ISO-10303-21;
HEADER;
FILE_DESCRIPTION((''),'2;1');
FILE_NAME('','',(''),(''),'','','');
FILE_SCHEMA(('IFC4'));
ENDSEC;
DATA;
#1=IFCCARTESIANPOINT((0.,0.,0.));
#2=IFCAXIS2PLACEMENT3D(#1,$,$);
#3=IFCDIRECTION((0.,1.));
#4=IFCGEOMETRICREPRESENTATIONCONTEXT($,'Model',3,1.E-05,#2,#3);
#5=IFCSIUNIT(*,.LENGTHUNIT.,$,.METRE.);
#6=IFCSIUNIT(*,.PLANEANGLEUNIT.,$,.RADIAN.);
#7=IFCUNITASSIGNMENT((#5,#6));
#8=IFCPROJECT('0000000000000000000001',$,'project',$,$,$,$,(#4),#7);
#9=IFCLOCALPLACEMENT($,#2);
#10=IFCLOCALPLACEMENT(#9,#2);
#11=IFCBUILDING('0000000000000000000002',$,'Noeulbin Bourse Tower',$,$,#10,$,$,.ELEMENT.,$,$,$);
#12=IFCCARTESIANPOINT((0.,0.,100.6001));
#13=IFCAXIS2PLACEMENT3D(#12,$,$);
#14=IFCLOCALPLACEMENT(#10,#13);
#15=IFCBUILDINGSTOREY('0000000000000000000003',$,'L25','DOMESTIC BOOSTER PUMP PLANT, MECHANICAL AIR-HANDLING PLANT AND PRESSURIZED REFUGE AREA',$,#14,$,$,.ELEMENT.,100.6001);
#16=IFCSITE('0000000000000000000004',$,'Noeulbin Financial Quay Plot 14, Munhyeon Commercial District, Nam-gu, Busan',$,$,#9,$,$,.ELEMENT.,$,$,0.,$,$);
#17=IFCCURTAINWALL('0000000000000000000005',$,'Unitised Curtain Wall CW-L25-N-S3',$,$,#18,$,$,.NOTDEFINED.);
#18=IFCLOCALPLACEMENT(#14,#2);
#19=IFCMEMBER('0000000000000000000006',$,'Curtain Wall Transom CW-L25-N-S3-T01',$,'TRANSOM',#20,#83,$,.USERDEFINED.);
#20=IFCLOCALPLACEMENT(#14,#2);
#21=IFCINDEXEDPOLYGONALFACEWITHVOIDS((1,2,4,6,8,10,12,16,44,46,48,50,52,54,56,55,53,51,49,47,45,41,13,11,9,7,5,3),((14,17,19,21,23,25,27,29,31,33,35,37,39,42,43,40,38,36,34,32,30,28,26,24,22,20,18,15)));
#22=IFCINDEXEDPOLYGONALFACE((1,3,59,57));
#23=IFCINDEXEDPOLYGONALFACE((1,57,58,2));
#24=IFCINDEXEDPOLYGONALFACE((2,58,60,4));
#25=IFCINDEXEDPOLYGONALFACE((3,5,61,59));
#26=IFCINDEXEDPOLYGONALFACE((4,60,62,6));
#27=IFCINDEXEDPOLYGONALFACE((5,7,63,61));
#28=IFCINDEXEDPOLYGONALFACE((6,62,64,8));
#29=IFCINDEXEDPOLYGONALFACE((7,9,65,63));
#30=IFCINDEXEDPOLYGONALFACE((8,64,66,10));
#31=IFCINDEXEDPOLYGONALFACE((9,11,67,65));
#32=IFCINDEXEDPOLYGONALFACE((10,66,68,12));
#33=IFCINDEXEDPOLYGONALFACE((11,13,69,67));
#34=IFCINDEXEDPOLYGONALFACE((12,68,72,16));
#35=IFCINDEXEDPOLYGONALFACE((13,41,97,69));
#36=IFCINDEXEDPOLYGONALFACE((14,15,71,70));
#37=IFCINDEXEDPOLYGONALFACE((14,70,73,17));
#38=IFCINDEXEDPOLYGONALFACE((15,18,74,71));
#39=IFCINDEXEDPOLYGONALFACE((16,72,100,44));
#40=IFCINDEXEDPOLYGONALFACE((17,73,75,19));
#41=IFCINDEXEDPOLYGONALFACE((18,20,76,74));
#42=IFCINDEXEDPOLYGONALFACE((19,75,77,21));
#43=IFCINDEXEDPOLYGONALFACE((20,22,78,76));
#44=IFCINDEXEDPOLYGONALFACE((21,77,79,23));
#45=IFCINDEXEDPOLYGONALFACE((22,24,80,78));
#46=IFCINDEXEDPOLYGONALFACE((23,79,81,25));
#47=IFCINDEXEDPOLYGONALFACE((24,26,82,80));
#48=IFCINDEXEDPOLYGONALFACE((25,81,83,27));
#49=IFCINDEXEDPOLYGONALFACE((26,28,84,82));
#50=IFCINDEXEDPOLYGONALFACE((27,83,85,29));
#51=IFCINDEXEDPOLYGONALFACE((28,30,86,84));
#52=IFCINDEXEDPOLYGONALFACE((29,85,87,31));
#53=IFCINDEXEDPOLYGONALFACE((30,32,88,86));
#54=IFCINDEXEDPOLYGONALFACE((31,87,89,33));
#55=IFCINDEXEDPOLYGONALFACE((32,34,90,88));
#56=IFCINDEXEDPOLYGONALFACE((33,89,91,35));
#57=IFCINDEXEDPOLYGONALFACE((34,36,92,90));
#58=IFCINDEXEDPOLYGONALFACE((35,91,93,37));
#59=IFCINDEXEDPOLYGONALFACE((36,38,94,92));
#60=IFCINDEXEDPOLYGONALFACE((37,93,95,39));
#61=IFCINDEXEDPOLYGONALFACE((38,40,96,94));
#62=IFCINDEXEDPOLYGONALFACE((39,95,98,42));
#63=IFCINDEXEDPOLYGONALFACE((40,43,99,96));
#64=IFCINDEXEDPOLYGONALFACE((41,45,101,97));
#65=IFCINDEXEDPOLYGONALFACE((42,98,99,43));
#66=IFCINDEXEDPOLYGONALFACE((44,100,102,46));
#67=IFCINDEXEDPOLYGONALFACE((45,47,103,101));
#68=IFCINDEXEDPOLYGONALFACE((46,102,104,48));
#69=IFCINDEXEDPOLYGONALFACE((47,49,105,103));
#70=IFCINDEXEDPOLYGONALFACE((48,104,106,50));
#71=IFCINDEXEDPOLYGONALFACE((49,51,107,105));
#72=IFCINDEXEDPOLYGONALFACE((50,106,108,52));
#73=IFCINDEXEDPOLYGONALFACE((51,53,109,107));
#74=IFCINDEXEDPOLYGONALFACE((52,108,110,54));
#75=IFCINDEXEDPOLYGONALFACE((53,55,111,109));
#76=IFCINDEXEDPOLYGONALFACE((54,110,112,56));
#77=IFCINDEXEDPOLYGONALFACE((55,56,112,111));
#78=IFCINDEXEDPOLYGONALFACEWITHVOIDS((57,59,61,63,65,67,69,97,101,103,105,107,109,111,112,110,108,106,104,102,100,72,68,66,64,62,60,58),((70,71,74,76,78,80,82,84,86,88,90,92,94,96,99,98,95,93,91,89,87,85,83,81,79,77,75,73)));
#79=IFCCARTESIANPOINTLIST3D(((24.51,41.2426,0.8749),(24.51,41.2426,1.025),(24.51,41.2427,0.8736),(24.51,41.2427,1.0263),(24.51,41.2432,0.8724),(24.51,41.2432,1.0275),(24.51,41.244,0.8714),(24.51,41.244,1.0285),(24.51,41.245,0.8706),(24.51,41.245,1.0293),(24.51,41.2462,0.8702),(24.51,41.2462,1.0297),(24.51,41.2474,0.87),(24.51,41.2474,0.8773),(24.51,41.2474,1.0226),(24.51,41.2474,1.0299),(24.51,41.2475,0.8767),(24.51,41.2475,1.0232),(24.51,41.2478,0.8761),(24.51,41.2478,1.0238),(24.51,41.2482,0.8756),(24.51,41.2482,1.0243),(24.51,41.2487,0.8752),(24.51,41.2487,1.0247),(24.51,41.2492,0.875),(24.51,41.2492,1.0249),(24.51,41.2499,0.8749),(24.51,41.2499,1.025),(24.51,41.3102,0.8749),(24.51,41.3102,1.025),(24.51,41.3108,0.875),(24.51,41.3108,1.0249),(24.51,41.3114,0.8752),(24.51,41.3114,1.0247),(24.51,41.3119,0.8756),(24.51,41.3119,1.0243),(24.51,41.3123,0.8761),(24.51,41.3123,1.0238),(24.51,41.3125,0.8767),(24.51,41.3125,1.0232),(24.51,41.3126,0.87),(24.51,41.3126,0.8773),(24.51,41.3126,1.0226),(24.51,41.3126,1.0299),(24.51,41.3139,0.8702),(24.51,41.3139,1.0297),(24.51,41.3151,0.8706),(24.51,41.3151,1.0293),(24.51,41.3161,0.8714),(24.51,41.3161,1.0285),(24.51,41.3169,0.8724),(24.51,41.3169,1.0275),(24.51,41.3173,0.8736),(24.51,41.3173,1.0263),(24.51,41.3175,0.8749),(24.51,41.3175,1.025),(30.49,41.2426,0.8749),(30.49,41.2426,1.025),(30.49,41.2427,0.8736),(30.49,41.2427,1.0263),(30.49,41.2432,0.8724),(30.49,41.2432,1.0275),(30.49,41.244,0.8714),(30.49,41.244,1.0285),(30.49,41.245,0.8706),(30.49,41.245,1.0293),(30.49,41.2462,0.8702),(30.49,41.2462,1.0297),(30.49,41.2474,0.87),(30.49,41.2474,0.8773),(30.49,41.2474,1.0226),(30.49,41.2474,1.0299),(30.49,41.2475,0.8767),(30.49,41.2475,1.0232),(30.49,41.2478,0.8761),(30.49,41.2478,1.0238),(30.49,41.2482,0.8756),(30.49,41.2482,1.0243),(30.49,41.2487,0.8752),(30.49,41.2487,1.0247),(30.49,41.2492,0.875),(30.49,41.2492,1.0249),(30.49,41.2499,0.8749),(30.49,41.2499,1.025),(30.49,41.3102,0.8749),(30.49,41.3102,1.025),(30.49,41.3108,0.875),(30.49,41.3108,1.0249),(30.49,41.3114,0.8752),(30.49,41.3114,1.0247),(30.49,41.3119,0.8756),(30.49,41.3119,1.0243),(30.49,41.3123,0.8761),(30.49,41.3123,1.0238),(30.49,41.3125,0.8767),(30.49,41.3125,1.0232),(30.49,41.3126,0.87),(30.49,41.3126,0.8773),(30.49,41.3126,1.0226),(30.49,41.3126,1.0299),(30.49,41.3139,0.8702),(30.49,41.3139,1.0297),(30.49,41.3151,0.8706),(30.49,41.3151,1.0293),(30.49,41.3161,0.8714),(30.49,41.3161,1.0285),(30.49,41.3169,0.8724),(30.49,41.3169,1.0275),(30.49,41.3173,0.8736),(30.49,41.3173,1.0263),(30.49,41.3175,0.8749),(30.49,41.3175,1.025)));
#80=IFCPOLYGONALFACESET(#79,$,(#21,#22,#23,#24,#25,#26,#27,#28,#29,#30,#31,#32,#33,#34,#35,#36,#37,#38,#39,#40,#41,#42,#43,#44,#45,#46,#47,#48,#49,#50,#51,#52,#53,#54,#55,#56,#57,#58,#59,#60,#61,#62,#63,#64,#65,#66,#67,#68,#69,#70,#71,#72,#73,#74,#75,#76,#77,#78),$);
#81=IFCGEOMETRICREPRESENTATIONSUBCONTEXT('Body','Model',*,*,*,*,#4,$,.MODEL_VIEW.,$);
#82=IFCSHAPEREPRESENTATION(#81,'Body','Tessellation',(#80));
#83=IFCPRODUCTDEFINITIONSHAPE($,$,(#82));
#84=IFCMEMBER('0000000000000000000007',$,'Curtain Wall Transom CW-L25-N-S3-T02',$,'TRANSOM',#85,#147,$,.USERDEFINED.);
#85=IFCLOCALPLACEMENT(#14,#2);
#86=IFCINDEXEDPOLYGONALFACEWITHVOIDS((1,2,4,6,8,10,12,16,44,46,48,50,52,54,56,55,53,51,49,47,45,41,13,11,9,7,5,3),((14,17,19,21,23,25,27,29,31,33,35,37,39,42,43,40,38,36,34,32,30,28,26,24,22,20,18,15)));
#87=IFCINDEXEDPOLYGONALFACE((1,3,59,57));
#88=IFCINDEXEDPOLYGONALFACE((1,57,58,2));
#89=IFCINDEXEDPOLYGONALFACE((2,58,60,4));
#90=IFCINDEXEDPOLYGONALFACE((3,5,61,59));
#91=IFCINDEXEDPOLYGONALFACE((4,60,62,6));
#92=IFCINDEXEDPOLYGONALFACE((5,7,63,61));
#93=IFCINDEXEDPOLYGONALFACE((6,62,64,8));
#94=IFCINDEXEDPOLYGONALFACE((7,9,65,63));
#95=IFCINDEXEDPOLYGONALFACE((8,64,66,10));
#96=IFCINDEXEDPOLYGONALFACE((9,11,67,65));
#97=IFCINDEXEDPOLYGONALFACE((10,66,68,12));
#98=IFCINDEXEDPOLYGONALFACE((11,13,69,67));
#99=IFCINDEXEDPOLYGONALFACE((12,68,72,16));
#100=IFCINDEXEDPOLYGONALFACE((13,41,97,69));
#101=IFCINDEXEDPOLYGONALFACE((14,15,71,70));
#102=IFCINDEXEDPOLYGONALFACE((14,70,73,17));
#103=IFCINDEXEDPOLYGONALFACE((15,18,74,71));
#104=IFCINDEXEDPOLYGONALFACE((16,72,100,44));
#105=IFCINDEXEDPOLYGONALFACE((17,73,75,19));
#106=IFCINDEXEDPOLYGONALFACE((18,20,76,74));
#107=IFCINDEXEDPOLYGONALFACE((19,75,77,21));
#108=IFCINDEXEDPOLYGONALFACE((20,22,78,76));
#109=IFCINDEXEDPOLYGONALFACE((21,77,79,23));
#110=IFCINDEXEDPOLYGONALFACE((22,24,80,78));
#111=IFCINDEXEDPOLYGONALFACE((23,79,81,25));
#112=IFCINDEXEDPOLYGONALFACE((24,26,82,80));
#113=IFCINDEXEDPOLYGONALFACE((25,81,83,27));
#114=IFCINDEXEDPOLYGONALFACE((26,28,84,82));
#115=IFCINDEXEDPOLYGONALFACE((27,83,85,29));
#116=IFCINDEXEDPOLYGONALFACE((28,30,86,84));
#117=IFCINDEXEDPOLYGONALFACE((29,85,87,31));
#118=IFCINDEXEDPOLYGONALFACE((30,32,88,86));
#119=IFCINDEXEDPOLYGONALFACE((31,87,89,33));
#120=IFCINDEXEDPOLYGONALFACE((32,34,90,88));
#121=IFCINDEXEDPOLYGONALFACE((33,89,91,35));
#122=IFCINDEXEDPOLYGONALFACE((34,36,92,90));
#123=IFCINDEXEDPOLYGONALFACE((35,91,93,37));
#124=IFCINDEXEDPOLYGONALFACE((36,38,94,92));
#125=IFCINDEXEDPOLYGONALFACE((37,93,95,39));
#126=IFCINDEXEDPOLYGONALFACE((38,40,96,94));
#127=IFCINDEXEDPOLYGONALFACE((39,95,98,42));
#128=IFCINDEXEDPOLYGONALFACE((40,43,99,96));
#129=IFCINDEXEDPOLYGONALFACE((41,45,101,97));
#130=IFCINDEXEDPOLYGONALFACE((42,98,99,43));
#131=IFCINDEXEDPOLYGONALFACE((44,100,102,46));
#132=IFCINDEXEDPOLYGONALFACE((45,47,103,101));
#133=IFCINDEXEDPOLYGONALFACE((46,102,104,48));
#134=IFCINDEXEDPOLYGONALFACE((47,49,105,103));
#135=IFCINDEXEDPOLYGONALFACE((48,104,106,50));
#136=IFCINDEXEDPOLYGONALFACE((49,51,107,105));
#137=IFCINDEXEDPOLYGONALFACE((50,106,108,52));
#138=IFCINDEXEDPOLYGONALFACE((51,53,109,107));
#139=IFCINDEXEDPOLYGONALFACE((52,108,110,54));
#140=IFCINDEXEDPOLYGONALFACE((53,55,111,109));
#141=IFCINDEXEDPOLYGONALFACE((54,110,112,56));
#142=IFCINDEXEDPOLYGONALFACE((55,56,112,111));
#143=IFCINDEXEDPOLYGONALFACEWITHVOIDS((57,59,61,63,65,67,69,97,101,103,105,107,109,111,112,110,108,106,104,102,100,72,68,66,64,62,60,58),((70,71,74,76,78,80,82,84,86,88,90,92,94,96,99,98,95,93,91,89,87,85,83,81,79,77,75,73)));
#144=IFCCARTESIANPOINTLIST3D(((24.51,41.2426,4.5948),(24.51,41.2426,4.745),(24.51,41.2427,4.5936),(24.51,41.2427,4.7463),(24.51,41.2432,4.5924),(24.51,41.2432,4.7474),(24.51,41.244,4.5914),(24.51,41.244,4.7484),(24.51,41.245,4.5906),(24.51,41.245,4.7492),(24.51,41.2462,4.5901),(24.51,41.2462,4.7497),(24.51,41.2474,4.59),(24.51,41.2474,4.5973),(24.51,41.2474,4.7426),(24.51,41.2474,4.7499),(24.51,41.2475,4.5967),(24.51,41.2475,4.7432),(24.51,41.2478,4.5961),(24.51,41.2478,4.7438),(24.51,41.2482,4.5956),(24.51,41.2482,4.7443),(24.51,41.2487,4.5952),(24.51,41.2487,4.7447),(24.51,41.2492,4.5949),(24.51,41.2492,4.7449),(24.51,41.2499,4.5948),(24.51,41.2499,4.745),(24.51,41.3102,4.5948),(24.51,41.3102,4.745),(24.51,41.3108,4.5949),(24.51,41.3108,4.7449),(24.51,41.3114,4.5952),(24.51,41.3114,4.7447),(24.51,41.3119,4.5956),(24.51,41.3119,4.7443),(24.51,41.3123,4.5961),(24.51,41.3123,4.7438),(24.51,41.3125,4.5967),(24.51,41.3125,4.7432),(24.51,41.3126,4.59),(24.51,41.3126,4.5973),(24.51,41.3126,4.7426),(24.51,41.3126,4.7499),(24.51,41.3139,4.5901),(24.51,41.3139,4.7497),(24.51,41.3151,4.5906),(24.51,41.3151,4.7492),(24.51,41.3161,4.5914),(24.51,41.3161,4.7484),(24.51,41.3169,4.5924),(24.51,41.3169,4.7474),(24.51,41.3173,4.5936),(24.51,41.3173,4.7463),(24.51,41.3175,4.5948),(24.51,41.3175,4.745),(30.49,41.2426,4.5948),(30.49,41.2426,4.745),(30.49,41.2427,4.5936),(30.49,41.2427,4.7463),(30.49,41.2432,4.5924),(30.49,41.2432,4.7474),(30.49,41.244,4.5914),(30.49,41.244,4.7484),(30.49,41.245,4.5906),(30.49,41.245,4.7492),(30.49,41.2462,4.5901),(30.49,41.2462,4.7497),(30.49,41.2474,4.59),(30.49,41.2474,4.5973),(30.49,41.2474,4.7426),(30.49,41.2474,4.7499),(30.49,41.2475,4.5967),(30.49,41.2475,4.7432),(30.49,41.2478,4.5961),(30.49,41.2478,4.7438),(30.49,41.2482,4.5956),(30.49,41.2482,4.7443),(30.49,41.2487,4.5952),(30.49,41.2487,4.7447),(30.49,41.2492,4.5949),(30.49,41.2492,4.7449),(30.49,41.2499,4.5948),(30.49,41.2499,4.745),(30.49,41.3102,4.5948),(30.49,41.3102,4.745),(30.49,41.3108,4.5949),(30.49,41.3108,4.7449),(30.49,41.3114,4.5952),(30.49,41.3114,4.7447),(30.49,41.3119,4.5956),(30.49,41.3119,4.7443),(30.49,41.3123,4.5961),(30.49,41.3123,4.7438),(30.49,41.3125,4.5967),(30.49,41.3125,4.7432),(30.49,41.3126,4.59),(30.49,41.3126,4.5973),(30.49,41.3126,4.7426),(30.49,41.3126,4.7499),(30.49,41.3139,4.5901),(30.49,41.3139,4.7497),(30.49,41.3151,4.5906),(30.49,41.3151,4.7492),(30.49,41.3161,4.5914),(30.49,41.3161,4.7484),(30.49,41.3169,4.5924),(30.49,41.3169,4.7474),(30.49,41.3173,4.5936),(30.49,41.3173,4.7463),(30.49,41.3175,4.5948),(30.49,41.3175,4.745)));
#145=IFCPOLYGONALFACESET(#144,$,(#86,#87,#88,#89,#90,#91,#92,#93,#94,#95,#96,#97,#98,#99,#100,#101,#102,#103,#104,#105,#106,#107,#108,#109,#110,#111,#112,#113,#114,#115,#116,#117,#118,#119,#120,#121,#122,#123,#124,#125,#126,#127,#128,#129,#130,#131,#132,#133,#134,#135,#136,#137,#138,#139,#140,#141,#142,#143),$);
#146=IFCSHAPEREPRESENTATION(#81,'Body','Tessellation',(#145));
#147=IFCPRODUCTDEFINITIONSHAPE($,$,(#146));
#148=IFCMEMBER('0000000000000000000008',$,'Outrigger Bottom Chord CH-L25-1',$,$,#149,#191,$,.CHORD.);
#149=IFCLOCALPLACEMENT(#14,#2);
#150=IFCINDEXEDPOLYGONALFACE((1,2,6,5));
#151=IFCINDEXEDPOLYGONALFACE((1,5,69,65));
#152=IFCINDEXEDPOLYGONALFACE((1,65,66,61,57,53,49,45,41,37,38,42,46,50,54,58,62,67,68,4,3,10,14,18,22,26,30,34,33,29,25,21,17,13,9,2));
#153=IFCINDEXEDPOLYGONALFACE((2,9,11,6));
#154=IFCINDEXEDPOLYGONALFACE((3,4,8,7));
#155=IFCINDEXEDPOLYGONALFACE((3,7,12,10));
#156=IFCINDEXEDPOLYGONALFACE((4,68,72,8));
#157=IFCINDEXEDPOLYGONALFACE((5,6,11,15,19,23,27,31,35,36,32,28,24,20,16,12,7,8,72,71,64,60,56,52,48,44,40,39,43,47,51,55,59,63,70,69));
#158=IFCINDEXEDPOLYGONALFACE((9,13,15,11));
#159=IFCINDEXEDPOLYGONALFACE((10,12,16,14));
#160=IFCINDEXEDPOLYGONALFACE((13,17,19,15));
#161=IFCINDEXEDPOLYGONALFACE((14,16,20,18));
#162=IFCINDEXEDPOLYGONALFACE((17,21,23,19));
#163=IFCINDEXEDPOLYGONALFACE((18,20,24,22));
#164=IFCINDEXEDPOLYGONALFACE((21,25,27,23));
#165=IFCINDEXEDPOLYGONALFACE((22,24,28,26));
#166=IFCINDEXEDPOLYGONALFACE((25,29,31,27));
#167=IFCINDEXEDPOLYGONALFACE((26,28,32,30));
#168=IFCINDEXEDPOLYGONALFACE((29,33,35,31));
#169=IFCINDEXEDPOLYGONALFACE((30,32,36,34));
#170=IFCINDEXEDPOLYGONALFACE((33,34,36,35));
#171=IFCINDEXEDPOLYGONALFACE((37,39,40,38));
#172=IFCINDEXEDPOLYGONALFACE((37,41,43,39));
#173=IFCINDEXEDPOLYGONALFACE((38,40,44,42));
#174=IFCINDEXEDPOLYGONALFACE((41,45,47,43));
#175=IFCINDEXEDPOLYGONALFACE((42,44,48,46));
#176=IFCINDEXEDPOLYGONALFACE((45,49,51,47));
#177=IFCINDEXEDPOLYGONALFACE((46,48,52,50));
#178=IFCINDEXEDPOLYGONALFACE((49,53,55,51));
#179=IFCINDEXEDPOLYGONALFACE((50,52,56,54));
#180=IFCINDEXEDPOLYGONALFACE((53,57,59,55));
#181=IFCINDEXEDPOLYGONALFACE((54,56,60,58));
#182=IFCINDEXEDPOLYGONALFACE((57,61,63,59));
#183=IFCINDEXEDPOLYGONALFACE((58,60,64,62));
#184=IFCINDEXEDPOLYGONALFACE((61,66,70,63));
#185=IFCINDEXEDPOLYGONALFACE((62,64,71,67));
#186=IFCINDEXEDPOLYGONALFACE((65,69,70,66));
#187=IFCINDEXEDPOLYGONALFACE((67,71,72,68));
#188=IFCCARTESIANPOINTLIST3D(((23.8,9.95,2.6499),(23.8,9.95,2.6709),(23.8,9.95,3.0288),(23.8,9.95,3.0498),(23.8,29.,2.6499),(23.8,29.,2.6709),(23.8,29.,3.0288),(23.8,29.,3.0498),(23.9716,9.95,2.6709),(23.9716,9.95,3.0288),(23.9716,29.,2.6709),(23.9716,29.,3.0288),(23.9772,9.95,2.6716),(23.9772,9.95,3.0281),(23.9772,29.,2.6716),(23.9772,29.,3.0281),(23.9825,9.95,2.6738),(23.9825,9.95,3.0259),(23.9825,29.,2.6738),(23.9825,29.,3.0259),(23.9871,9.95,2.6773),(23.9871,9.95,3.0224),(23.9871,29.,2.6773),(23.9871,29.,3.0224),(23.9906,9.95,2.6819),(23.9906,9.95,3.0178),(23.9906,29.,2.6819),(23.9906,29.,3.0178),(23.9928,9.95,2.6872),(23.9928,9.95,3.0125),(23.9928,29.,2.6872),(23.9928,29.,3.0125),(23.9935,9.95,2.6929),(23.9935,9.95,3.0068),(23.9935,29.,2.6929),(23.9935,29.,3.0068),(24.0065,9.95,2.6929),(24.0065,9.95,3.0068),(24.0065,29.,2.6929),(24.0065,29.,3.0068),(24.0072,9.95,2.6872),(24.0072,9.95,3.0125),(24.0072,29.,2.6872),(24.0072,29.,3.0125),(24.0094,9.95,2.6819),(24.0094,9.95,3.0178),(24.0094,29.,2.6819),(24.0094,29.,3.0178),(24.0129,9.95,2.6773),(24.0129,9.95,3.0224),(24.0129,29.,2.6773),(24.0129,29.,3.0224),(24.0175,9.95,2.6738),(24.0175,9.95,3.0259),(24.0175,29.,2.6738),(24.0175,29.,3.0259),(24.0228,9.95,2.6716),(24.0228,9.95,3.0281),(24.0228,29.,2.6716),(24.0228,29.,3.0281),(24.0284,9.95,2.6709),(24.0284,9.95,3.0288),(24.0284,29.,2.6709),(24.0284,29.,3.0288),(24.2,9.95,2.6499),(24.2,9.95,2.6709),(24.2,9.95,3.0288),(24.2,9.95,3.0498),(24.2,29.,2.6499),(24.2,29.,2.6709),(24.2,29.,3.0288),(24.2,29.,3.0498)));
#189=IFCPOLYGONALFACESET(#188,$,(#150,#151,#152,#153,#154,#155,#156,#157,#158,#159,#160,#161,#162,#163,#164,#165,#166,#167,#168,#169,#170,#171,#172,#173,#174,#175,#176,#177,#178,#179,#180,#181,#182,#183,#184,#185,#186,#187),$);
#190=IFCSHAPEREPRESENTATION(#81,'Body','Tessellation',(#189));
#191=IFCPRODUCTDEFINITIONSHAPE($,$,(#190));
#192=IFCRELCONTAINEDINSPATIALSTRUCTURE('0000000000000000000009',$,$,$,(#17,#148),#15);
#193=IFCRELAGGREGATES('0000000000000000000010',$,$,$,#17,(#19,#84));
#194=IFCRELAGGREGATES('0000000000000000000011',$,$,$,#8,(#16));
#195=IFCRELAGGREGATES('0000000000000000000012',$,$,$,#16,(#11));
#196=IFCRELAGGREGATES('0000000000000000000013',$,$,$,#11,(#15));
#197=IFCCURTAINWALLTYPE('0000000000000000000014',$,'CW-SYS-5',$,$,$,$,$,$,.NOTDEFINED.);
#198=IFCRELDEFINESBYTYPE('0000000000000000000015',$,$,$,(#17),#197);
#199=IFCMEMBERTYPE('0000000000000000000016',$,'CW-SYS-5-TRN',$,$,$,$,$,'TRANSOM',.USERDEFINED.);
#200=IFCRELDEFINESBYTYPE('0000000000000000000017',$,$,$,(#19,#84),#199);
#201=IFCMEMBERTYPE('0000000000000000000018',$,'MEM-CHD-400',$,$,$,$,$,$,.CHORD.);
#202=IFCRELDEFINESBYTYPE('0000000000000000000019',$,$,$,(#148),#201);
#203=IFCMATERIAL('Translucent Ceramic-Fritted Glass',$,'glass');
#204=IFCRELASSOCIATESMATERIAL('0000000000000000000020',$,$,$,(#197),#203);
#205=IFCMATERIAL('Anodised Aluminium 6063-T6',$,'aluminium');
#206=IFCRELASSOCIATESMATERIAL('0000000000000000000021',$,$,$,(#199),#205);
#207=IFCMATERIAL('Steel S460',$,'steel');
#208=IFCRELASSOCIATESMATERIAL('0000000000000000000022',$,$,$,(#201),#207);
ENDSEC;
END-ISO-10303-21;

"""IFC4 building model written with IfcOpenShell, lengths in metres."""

from ifc_helpers import new_model, si_unit, direction, frame, origin, origin_2d, place, context, subcontext, project, spatial, hollow_rectangle, i_section, extrude, material, material_profile, profile_set, type_object, element, aggregate, save


model = new_model("IFC4")

# Units and contexts
model_context = context("Model", 3, precision=1e-05, world=origin(), true_north=direction((0.0, 1.0)))
body_context = subcontext(model_context, "Body", "Model", "MODEL_VIEW")
ifc_project = project(units=[si_unit("LENGTHUNIT", "METRE"), si_unit("PLANEANGLEUNIT", "RADIAN")], contexts=[model_context])

# Site, building, storey
site_placement = place(None, origin())
site = spatial("IfcSite", under=ifc_project, at=site_placement, Name="Noeulbin Financial Quay Plot 14, Munhyeon Commercial District, Nam-gu, Busan", CompositionType="ELEMENT", RefElevation=0.0)
building_placement = place(site_placement, origin())
building = spatial("IfcBuilding", under=site, at=building_placement, Name="Noeulbin Bourse Tower", CompositionType="ELEMENT")
storey_placement = place(building_placement, frame((0.0, 0.0, 100.6001)))
storey = spatial("IfcBuildingStorey", under=building, at=storey_placement, Name="L25", Description="DOMESTIC BOOSTER PUMP PLANT, MECHANICAL AIR-HANDLING PLANT AND PRESSURIZED REFUGE AREA", CompositionType="ELEMENT", Elevation=100.6001)

# Shared definitions
ifc_material_1 = material(Name="Steel S460", Category="steel")

# Shared definitions
ifc_material_2 = material(Name="Translucent Ceramic-Fritted Glass", Category="glass")
curtain_wall_type = type_object("IfcCurtainWallType", Name="CW-SYS-5", PredefinedType="NOTDEFINED", material=ifc_material_2)
ifc_material_3 = material(Name="Anodised Aluminium 6063-T6", Category="aluminium")

# Curtain wall, members
curtain_wall_1_placement = place(storey_placement, origin())
curtain_wall_1 = element("IfcCurtainWall", 1, at=curtain_wall_1_placement, inside=storey, type_object=curtain_wall_type, Name="Unitised Curtain Wall CW-L25-N-S3", PredefinedType="NOTDEFINED")
ifc_material_profile_1 = material_profile(ifc_material_3, hollow_rectangle(XDim=0.075, YDim=0.1599, WallThickness=0.0049, InnerFilletRadius=0.0024, OuterFilletRadius=0.0049, at=origin_2d()), Name="ALU-TRAN-75x160x5", Category="LoadBearing")
ifc_profile_set_1 = profile_set([ifc_material_profile_1], Name="Anodised Aluminium 6063-T6")
member_type_1 = type_object("IfcMemberType", Name="CW-SYS-5-TRN", ElementType="TRANSOM", PredefinedType="USERDEFINED", material=ifc_profile_set_1)
member_1_placement = place(storey_placement, frame((24.51, 41.28, 0.95), z_axis=(1.0, 0.0, 0.0), x_axis=(0.0, 1.0, 0.0)))
member_1 = element("IfcMember", 2, at=member_1_placement, type_object=member_type_1, Name="Curtain Wall Transom CW-L25-N-S3-T01", ObjectType="TRANSOM", PredefinedType="USERDEFINED", context=body_context, shape_type="SweptSolid", body=[
    extrude(hollow_rectangle(XDim=0.075, YDim=0.1599, WallThickness=0.0049, InnerFilletRadius=0.0024, OuterFilletRadius=0.0049, at=origin_2d()), origin(), (0.0, 0.0, 1.0), 5.98),
])
member_2_placement = place(storey_placement, frame((24.51, 41.28, 4.6699), z_axis=(1.0, 0.0, 0.0), x_axis=(0.0, 1.0, 0.0)))
member_2 = element("IfcMember", 3, at=member_2_placement, type_object=member_type_1, Name="Curtain Wall Transom CW-L25-N-S3-T02", ObjectType="TRANSOM", PredefinedType="USERDEFINED", context=body_context, shape_type="SweptSolid", body=[
    extrude(hollow_rectangle(XDim=0.075, YDim=0.1599, WallThickness=0.0049, InnerFilletRadius=0.0024, OuterFilletRadius=0.0049, at=origin_2d()), origin(), (0.0, 0.0, 1.0), 5.98),
])

# Member
ifc_material_profile_2 = material_profile(ifc_material_1, i_section(OverallWidth=0.3999, OverallDepth=0.3999, WebThickness=0.0129, FlangeThickness=0.021, FilletRadius=0.022, at=origin_2d()), Name="H-400x400x13x21", Category="LoadBearing")
ifc_profile_set_2 = profile_set([ifc_material_profile_2], Name="Steel S460")
member_type_2 = type_object("IfcMemberType", Name="MEM-CHD-400", PredefinedType="CHORD", material=ifc_profile_set_2)
member_3_placement = place(storey_placement, frame((24.0, 29.0, 2.8499), z_axis=(0.0, -1.0, 0.0), x_axis=(1.0, 0.0, 0.0)))
element("IfcMember", 4, at=member_3_placement, inside=storey, type_object=member_type_2, Name="Outrigger Bottom Chord CH-L25-1", PredefinedType="CHORD", context=body_context, shape_type="SweptSolid", body=[
    extrude(i_section(OverallWidth=0.3999, OverallDepth=0.3999, WebThickness=0.0129, FlangeThickness=0.021, FilletRadius=0.022, at=origin_2d()), origin(), (0.0, 0.0, 1.0), 19.05),
])

aggregate(curtain_wall_1, [member_1, member_2])

save(model, "model.ifc")
